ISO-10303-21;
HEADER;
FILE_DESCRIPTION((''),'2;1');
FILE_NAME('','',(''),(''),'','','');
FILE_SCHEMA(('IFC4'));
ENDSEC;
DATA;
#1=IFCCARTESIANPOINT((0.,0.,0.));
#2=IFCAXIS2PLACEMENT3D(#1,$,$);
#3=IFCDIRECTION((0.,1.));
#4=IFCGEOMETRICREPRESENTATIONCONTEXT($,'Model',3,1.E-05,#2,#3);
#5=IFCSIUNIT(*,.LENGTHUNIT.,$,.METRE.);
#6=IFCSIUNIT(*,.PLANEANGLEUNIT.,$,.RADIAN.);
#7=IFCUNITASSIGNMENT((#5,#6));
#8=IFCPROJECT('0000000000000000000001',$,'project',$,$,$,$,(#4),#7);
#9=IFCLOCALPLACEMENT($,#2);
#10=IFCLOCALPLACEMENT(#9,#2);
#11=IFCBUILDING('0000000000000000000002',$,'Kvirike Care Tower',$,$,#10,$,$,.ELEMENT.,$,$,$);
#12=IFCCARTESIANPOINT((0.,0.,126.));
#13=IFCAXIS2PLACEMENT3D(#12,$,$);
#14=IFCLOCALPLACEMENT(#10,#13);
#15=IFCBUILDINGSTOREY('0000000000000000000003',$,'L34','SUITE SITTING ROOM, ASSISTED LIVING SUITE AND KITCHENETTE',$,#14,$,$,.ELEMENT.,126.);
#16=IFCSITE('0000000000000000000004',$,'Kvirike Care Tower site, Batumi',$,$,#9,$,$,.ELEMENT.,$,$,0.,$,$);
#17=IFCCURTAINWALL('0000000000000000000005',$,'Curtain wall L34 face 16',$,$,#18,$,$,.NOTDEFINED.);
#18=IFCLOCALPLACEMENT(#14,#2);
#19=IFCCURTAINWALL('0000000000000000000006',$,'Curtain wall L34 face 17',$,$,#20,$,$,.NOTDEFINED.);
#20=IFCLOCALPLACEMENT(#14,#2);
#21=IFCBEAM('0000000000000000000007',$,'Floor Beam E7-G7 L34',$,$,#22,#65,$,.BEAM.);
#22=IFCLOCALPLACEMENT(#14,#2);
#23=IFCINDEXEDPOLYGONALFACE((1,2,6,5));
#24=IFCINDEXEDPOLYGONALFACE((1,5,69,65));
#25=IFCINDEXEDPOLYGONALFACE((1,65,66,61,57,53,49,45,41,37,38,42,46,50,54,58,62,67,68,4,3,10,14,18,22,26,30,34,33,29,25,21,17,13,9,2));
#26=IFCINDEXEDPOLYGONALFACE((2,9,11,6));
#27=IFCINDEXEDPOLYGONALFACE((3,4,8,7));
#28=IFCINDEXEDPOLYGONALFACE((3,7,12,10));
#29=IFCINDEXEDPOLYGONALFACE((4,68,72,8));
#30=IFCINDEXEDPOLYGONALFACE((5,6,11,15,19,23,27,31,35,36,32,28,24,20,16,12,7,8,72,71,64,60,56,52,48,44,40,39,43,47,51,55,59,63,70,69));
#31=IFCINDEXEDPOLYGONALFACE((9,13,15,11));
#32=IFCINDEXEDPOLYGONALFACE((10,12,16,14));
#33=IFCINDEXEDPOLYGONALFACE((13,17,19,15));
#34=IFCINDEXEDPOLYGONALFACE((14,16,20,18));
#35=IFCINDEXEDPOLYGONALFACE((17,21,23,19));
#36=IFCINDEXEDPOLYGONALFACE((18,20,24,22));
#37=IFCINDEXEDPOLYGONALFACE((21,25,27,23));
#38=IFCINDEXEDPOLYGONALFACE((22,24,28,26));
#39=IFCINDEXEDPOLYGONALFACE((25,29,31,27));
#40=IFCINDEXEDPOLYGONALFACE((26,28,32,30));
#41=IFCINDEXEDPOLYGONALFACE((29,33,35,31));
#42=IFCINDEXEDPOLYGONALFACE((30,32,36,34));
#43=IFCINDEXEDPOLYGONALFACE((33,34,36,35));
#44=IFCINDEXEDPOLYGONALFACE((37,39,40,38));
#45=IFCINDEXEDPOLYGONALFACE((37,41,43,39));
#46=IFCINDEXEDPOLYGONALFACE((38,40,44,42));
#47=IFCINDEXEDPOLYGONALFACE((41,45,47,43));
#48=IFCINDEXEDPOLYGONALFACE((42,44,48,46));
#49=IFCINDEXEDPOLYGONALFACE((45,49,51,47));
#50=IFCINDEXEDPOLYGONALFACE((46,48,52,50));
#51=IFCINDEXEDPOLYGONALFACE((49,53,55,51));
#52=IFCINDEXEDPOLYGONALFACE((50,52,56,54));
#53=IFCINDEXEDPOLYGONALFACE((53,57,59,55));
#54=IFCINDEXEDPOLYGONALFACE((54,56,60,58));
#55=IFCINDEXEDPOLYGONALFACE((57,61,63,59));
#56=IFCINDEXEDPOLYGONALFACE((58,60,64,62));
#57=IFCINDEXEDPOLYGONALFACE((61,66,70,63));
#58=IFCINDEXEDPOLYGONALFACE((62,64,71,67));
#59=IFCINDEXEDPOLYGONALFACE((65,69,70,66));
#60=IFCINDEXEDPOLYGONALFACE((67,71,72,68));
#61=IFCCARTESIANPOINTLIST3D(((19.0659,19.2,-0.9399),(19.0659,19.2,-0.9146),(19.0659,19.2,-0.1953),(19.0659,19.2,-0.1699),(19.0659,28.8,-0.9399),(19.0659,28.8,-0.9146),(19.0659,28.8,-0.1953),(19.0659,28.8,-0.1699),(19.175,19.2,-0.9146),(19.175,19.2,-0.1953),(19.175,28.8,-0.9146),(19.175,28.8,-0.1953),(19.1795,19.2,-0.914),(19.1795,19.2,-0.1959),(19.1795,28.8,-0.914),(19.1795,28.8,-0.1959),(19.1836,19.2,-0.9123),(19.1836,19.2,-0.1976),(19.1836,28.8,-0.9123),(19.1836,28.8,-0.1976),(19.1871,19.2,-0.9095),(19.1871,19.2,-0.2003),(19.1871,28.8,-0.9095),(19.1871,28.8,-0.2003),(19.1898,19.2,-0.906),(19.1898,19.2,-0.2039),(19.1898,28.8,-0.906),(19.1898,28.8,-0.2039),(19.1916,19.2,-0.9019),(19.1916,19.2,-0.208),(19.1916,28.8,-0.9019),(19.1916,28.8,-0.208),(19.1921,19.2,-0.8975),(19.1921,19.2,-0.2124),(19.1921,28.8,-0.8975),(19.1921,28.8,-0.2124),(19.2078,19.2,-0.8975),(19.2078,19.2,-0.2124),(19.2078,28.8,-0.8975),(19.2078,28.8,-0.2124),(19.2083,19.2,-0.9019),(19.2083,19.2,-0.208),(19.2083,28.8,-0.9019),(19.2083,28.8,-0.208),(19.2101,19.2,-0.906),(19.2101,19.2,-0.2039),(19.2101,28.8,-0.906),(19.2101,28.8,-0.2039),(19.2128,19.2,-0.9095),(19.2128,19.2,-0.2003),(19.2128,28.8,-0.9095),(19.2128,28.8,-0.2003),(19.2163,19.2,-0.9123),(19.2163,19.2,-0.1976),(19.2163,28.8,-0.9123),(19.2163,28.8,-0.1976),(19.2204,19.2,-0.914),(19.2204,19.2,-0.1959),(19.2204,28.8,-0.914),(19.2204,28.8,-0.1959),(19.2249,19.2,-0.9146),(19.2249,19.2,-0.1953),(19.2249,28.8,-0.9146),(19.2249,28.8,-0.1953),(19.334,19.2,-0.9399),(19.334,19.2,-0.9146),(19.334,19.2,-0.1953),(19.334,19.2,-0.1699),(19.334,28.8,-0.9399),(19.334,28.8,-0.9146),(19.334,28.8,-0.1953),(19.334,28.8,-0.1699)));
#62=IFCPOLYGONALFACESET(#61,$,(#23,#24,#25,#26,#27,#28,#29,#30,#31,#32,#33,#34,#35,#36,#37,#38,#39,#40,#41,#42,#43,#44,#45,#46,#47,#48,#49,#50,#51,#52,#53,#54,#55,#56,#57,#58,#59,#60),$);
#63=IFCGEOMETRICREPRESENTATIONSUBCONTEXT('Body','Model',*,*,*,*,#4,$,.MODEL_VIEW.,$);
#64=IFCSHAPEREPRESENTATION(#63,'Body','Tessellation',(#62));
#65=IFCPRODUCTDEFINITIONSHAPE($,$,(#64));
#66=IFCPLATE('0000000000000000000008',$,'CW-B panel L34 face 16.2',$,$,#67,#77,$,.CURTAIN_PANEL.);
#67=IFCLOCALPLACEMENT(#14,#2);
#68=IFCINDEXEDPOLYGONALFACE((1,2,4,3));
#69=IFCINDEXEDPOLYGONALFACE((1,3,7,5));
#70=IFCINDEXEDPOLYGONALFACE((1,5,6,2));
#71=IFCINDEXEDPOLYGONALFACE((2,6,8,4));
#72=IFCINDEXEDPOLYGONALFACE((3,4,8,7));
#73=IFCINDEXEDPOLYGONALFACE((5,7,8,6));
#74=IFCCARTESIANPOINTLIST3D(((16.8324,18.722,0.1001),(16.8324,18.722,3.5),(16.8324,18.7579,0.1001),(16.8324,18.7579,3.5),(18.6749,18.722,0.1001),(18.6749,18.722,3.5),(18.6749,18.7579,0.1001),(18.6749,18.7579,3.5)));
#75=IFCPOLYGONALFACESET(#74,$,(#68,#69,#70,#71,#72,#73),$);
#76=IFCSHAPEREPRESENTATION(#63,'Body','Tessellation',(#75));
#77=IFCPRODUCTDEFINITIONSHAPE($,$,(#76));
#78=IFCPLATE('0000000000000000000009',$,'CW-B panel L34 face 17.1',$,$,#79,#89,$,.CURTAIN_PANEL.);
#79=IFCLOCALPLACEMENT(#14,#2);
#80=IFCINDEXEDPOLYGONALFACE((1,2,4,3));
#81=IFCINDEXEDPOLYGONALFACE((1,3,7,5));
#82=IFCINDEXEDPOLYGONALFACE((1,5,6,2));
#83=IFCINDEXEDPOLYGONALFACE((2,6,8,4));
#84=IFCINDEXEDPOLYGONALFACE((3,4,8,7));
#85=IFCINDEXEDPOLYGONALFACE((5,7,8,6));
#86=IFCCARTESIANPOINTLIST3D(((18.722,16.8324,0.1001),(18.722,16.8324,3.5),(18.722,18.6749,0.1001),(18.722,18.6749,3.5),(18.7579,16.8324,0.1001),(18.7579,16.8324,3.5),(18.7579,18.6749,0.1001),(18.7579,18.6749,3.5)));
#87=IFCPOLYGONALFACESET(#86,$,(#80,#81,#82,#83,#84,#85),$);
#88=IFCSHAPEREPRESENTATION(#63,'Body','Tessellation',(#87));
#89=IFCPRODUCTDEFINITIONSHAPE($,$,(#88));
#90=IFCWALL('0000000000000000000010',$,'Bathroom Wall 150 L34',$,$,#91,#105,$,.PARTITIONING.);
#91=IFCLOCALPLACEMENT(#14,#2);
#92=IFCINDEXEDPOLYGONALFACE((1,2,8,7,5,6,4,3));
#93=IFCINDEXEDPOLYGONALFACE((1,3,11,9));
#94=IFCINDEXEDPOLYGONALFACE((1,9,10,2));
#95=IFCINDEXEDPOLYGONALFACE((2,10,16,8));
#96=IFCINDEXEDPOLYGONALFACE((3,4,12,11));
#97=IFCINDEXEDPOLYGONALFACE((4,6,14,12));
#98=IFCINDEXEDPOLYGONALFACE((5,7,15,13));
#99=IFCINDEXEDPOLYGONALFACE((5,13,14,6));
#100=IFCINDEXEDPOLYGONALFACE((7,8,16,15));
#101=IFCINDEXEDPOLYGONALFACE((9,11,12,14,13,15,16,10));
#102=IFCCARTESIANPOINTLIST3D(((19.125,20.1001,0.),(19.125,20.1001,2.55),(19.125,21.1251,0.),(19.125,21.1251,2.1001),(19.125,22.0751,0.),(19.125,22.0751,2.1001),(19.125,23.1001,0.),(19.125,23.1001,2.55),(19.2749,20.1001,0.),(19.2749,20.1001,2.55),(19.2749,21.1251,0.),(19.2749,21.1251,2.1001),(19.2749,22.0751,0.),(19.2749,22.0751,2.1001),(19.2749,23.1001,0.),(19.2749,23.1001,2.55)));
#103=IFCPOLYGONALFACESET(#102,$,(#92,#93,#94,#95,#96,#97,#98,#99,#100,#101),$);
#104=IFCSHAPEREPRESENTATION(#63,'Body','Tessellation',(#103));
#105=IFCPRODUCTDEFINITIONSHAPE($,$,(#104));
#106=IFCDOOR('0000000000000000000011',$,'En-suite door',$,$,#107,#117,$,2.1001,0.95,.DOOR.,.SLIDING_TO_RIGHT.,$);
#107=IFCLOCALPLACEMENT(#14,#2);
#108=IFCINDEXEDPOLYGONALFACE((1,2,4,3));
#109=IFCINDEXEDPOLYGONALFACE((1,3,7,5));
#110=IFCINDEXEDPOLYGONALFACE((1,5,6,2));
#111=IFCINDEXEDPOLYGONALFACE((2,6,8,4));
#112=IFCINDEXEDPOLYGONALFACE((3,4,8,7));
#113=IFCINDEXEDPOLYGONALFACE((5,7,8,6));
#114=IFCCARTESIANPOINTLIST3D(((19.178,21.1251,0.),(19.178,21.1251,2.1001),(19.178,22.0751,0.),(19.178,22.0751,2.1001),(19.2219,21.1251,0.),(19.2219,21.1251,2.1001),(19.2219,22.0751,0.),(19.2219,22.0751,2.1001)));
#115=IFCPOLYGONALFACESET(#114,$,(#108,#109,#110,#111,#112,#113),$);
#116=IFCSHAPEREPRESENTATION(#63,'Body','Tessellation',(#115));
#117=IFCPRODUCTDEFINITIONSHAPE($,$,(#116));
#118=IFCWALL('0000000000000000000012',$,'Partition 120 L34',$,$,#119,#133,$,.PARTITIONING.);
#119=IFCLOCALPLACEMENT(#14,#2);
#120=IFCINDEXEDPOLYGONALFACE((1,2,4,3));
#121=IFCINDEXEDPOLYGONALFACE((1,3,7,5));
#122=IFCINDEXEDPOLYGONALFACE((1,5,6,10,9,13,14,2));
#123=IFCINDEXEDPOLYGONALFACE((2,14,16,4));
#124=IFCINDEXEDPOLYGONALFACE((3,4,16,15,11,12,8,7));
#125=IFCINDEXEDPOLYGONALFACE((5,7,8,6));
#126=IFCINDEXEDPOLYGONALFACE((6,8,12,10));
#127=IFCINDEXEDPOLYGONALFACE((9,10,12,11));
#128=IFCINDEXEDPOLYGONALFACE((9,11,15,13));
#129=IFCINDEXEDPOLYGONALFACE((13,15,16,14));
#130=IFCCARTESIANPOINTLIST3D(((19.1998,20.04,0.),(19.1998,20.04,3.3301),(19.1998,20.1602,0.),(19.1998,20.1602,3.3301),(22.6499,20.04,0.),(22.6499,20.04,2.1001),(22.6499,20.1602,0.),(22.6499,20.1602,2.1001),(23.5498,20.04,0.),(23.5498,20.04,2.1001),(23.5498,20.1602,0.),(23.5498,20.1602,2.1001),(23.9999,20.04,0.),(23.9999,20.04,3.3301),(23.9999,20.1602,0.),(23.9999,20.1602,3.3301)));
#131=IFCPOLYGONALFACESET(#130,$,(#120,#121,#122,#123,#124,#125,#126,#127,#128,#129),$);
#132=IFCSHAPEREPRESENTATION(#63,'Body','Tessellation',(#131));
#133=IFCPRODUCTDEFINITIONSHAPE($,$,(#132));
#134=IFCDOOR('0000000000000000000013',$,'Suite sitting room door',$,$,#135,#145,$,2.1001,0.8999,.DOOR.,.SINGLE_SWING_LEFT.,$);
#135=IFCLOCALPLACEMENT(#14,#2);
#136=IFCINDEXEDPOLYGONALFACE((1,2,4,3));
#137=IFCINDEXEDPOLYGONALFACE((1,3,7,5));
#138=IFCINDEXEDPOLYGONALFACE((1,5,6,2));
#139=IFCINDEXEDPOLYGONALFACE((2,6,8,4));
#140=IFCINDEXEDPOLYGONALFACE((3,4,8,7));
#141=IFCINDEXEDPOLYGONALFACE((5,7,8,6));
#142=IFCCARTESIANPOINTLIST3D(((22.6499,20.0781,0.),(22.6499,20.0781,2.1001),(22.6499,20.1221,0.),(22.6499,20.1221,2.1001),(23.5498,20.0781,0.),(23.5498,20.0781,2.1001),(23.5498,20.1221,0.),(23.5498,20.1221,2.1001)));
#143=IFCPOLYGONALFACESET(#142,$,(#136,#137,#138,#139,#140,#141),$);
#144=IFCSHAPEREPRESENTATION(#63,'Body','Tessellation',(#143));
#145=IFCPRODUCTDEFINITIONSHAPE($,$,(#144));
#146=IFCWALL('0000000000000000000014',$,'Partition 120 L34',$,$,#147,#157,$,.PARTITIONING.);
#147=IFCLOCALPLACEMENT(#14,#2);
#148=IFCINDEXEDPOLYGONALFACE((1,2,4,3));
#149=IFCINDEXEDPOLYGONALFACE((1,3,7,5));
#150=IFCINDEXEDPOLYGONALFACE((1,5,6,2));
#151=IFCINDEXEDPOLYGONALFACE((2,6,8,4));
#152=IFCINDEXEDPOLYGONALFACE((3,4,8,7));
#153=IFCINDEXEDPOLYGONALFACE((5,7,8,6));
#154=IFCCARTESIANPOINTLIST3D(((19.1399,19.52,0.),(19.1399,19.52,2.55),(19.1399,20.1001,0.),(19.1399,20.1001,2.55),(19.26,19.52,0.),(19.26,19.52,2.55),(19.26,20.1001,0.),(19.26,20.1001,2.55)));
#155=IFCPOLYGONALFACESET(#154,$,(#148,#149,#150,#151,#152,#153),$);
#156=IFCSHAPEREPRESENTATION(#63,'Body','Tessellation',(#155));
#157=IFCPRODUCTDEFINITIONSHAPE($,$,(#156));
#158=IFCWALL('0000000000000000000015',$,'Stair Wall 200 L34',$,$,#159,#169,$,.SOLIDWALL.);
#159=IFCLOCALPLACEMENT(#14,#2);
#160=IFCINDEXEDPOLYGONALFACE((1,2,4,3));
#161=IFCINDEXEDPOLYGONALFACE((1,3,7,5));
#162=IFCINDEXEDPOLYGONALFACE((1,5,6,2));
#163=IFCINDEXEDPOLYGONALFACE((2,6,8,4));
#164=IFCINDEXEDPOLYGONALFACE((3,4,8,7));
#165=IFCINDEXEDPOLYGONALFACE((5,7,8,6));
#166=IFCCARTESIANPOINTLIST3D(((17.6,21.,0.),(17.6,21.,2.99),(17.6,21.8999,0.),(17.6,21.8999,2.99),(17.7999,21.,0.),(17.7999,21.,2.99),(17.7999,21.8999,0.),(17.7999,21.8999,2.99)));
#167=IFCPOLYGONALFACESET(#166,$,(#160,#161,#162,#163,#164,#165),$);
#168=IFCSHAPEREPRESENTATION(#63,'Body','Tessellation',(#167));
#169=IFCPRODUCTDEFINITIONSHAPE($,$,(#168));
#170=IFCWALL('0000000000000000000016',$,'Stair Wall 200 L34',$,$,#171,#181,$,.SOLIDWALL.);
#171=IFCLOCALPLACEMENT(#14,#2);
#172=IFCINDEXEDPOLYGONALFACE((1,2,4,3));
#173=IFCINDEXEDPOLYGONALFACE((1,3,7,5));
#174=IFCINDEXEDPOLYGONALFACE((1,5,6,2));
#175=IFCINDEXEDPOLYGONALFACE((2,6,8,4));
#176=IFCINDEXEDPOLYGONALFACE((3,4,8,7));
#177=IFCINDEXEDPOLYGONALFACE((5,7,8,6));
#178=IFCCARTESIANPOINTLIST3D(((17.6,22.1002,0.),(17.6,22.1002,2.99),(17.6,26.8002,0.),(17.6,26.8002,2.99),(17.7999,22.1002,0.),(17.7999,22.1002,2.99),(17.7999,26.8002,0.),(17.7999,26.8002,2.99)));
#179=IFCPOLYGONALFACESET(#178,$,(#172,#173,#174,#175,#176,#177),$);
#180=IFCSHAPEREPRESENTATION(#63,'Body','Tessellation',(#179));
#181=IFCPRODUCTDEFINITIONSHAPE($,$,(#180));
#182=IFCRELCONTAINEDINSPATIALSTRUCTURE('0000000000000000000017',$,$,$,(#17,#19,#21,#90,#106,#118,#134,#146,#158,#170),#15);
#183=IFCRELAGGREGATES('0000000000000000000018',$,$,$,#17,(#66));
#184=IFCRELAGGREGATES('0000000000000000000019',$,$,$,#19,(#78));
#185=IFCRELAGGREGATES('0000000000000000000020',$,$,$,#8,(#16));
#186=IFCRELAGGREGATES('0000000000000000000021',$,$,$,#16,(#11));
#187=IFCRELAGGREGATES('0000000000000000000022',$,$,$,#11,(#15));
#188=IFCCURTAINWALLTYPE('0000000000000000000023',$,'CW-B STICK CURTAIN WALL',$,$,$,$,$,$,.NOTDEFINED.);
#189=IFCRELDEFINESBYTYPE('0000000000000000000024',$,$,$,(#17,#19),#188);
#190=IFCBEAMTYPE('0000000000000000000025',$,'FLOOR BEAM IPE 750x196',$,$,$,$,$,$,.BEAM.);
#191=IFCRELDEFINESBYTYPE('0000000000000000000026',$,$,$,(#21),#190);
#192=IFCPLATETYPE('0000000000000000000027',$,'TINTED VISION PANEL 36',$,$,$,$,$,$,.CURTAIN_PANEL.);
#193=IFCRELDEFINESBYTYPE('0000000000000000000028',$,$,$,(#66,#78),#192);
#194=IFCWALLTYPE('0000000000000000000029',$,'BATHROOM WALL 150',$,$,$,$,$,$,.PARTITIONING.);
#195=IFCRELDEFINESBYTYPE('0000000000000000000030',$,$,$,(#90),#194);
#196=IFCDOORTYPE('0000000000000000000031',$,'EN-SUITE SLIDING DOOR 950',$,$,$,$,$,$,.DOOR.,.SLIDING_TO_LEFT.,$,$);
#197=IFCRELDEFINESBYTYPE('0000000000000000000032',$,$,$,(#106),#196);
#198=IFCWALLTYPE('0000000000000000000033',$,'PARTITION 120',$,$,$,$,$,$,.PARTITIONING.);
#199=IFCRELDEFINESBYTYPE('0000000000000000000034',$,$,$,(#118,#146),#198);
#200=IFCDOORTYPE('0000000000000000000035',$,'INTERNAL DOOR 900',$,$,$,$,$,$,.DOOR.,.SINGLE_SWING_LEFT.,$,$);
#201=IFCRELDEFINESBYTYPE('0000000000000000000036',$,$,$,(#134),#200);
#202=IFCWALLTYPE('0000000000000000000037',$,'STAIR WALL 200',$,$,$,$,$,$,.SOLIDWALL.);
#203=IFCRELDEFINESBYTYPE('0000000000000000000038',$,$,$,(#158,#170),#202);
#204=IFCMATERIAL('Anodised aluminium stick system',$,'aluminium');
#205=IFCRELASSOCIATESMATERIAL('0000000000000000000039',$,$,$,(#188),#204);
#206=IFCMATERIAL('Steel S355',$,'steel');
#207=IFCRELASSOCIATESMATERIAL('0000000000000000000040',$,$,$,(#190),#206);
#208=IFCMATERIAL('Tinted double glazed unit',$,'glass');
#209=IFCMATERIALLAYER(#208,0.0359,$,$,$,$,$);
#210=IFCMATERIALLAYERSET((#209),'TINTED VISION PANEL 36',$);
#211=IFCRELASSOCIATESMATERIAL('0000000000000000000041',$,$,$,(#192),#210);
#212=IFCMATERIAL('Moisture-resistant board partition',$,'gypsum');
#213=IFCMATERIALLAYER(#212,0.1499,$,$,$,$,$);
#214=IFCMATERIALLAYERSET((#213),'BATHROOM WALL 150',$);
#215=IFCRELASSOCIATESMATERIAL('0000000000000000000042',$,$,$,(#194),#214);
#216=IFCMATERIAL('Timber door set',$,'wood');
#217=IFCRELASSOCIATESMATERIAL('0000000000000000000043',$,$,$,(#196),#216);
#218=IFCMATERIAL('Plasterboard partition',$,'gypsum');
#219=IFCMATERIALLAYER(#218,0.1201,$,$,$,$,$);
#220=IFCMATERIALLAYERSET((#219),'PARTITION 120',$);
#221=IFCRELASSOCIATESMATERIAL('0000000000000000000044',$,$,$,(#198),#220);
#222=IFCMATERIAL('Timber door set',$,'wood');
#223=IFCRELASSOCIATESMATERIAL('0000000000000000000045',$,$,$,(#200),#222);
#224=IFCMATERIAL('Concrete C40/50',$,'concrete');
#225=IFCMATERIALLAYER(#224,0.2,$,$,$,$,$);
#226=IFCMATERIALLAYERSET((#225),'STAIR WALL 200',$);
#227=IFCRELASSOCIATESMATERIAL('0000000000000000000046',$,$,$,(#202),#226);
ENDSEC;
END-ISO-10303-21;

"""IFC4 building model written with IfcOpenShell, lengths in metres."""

from ifc_helpers import new_model, si_unit, direction, frame, frame_2d, origin, origin_2d, place, context, subcontext, project, spatial, rectangle, i_section, extrude, material, layer, layer_set, material_profile, profile_set, type_object, element, fill, aggregate, save


model = new_model("IFC4")

# Units and contexts
model_context = context("Model", 3, precision=1e-05, world=origin(), true_north=direction((0.0, 1.0)))
body_context = subcontext(model_context, "Body", "Model", "MODEL_VIEW")
ifc_project = project(units=[si_unit("LENGTHUNIT", "METRE"), si_unit("PLANEANGLEUNIT", "RADIAN")], contexts=[model_context])

# Site, building, storey
site_placement = place(None, origin())
site = spatial("IfcSite", under=ifc_project, at=site_placement, Name="Kvirike Care Tower site, Batumi", CompositionType="ELEMENT", RefElevation=0.0)
building_placement = place(site_placement, origin())
building = spatial("IfcBuilding", under=site, at=building_placement, Name="Kvirike Care Tower", CompositionType="ELEMENT")
storey_placement = place(building_placement, frame((0.0, 0.0, 126.0)))
storey = spatial("IfcBuildingStorey", under=building, at=storey_placement, Name="L34", Description="SUITE SITTING ROOM, ASSISTED LIVING SUITE AND KITCHENETTE", CompositionType="ELEMENT", Elevation=126.0)

# Curtain wall
ifc_material_1 = material(Name="Anodised aluminium stick system", Category="aluminium")
curtain_wall_type = type_object("IfcCurtainWallType", Name="CW-B STICK CURTAIN WALL", PredefinedType="NOTDEFINED", material=ifc_material_1)
curtain_wall_1_placement = place(storey_placement, origin())
curtain_wall_1 = element("IfcCurtainWall", 1, at=curtain_wall_1_placement, inside=storey, type_object=curtain_wall_type, Name="Curtain wall L34 face 16", PredefinedType="NOTDEFINED")

# Curtain wall
curtain_wall_2_placement = place(storey_placement, origin())
curtain_wall_2 = element("IfcCurtainWall", 2, at=curtain_wall_2_placement, inside=storey, type_object=curtain_wall_type, Name="Curtain wall L34 face 17", PredefinedType="NOTDEFINED")

# Beam
ifc_material_2 = material(Name="Steel S355", Category="steel")
ifc_material_profile_1 = material_profile(ifc_material_2, i_section(OverallWidth=0.2681, OverallDepth=0.77, WebThickness=0.0156, FlangeThickness=0.0254, FilletRadius=0.0171, at=origin_2d()), Name="IPE 750x196")
ifc_profile_set_1 = profile_set([ifc_material_profile_1], Name="Steel S355")
beam_type = type_object("IfcBeamType", Name="FLOOR BEAM IPE 750x196", PredefinedType="BEAM", material=ifc_profile_set_1)
for number, where, z_axis, x_axis, name in (
    (3, (19.2, 19.2, -0.5549), (0.0, 1.0, 0.0), (-1.0, 0.0, 0.0), "Floor Beam E7-G7 L34"),
):
    element("IfcBeam", number, at=place(storey_placement, frame(where, z_axis=z_axis, x_axis=x_axis)), inside=storey, type_object=beam_type, Name=name, PredefinedType="BEAM", context=body_context, shape_type="SweptSolid", body=[
        extrude(i_section(OverallWidth=0.2681, OverallDepth=0.77, WebThickness=0.0156, FlangeThickness=0.0254, FilletRadius=0.0171, at=origin_2d()), origin(), (0.0, 0.0, 1.0), 9.6001),
    ])

# Plates
ifc_material_3 = material(Name="Tinted double glazed unit", Category="glass")
ifc_layer_1 = layer(ifc_material_3, 0.0359)
ifc_layer_set_1 = layer_set([ifc_layer_1], Name="TINTED VISION PANEL 36")
plate_type = type_object("IfcPlateType", Name="TINTED VISION PANEL 36", PredefinedType="CURTAIN_PANEL", material=ifc_layer_set_1)
plate_1_placement = place(storey_placement, frame((17.7537, 18.74, 0.1001), z_axis=(0.0, 0.0, 1.0), x_axis=(1.0, 0.0, 0.0)))
plate_1 = element("IfcPlate", 4, at=plate_1_placement, type_object=plate_type, Name="CW-B panel L34 face 16.2", PredefinedType="CURTAIN_PANEL", context=body_context, shape_type="SweptSolid", body=[
    extrude(rectangle(XDim=1.8425, YDim=0.0359, at=origin_2d()), origin(), (0.0, 0.0, 1.0), 3.3999),
])
aggregate(curtain_wall_1, [plate_1])
plate_2_placement = place(storey_placement, frame((18.74, 17.7537, 0.1001), z_axis=(0.0, 0.0, 1.0), x_axis=(0.0, -1.0, 0.0)))
plate_2 = element("IfcPlate", 5, at=plate_2_placement, type_object=plate_type, Name="CW-B panel L34 face 17.1", PredefinedType="CURTAIN_PANEL", context=body_context, shape_type="SweptSolid", body=[
    extrude(rectangle(XDim=1.8425, YDim=0.0359, at=origin_2d()), origin(), (0.0, 0.0, 1.0), 3.3999),
])
aggregate(curtain_wall_2, [plate_2])

# Walls, openings, doors
ifc_material_4 = material(Name="Moisture-resistant board partition", Category="gypsum")
ifc_layer_2 = layer(ifc_material_4, 0.1499)
ifc_layer_set_2 = layer_set([ifc_layer_2], Name="BATHROOM WALL 150")
wall_type_1 = type_object("IfcWallType", Name="BATHROOM WALL 150", PredefinedType="PARTITIONING", material=ifc_layer_set_2)
wall_1_placement = place(storey_placement, frame((19.2, 20.1001, 0.0), z_axis=(0.0, 0.0, 1.0), x_axis=(0.0, 1.0, 0.0)))
wall_1 = element("IfcWall", 6, at=wall_1_placement, inside=storey, type_object=wall_type_1, Name="Bathroom Wall 150 L34", PredefinedType="PARTITIONING", context=body_context, shape_type="SweptSolid", body=[
    extrude(rectangle(XDim=3.0, YDim=0.1499, at=frame_2d((1.5, 0.0))), origin(), (0.0, 0.0, 1.0), 2.55),
])
opening_1_placement = place(wall_1_placement, frame((1.0249, 0.0, 0.0)))
opening_1 = element("IfcOpeningElement", 7, at=opening_1_placement, cuts=wall_1, PredefinedType="OPENING", context=body_context, shape_type="SweptSolid", body=[
    extrude(rectangle(XDim=0.95, YDim=2.1001, at=frame_2d((0.4751, 1.05))), frame((0.0, 0.0854, 0.0), z_axis=(0.0, -1.0, 0.0), x_axis=(1.0, 0.0, 0.0)), (0.0, 0.0, 1.0), 0.1709),
])
ifc_material_5 = material(Name="Timber door set", Category="wood")
door_type_1 = type_object("IfcDoorType", Name="EN-SUITE SLIDING DOOR 950", OperationType="SLIDING_TO_LEFT", PredefinedType="DOOR", material=ifc_material_5)
door_1_placement = place(opening_1_placement, origin())
door_1 = element("IfcDoor", 8, at=door_1_placement, inside=storey, type_object=door_type_1, Name="En-suite door", OperationType="SLIDING_TO_RIGHT", OverallHeight=2.1001, OverallWidth=0.95, PredefinedType="DOOR", context=body_context, shape_type="SweptSolid", body=[
    extrude(rectangle(XDim=0.95, YDim=2.1001, at=frame_2d((0.4751, 1.05))), frame((0.0, 0.022, 0.0), z_axis=(0.0, -1.0, 0.0), x_axis=(1.0, 0.0, 0.0)), (0.0, 0.0, 1.0), 0.0439),
])
fill(opening_1, door_1)
ifc_material_6 = material(Name="Plasterboard partition", Category="gypsum")
ifc_layer_3 = layer(ifc_material_6, 0.1201)
ifc_layer_set_3 = layer_set([ifc_layer_3], Name="PARTITION 120")
wall_type_2 = type_object("IfcWallType", Name="PARTITION 120", PredefinedType="PARTITIONING", material=ifc_layer_set_3)
wall_2_placement = place(storey_placement, frame((19.2, 20.1001, 0.0), z_axis=(0.0, 0.0, 1.0), x_axis=(1.0, 0.0, 0.0)))
wall_2 = element("IfcWall", 9, at=wall_2_placement, inside=storey, type_object=wall_type_2, Name="Partition 120 L34", PredefinedType="PARTITIONING", context=body_context, shape_type="SweptSolid", body=[
    extrude(rectangle(XDim=4.8, YDim=0.1201, at=frame_2d((2.3999, 0.0))), origin(), (0.0, 0.0, 1.0), 3.3301),
])
opening_2_placement = place(wall_2_placement, frame((3.45, 0.0, 0.0)))
opening_2 = element("IfcOpeningElement", 10, at=opening_2_placement, cuts=wall_2, PredefinedType="OPENING", context=body_context, shape_type="SweptSolid", body=[
    extrude(rectangle(XDim=0.8999, YDim=2.1001, at=frame_2d((0.45, 1.05))), frame((0.0, 0.0706, 0.0), z_axis=(0.0, -1.0, 0.0), x_axis=(1.0, 0.0, 0.0)), (0.0, 0.0, 1.0), 0.1411),
])
ifc_material_7 = material(Name="Timber door set", Category="wood")
door_type_2 = type_object("IfcDoorType", Name="INTERNAL DOOR 900", OperationType="SINGLE_SWING_LEFT", PredefinedType="DOOR", material=ifc_material_7)
door_2_placement = place(opening_2_placement, origin())
door_2 = element("IfcDoor", 11, at=door_2_placement, inside=storey, type_object=door_type_2, Name="Suite sitting room door", OperationType="SINGLE_SWING_LEFT", OverallHeight=2.1001, OverallWidth=0.8999, PredefinedType="DOOR", context=body_context, shape_type="SweptSolid", body=[
    extrude(rectangle(XDim=0.8999, YDim=2.1001, at=frame_2d((0.45, 1.05))), frame((0.0, 0.022, 0.0), z_axis=(0.0, -1.0, 0.0), x_axis=(1.0, 0.0, 0.0)), (0.0, 0.0, 1.0), 0.0439),
])
fill(opening_2, door_2)

# Walls
wall_3_placement = place(storey_placement, frame((19.2, 19.52, 0.0), z_axis=(0.0, 0.0, 1.0), x_axis=(0.0, 1.0, 0.0)))
element("IfcWall", 12, at=wall_3_placement, inside=storey, type_object=wall_type_2, Name="Partition 120 L34", PredefinedType="PARTITIONING", context=body_context, shape_type="SweptSolid", body=[
    extrude(rectangle(XDim=0.5801, YDim=0.1201, at=frame_2d((0.29, 0.0))), origin(), (0.0, 0.0, 1.0), 2.55),
])
ifc_material_8 = material(Name="Concrete C40/50", Category="concrete")
ifc_layer_4 = layer(ifc_material_8, 0.2)
ifc_layer_set_4 = layer_set([ifc_layer_4], Name="STAIR WALL 200")
wall_type_3 = type_object("IfcWallType", Name="STAIR WALL 200", PredefinedType="SOLIDWALL", material=ifc_layer_set_4)
wall_4_placement = place(storey_placement, frame((17.7, 21.0, 0.0), z_axis=(0.0, 0.0, 1.0), x_axis=(0.0, 1.0, 0.0)))
element("IfcWall", 13, at=wall_4_placement, inside=storey, type_object=wall_type_3, Name="Stair Wall 200 L34", PredefinedType="SOLIDWALL", context=body_context, shape_type="SweptSolid", body=[
    extrude(rectangle(XDim=0.8999, YDim=0.2, at=frame_2d((0.45, 0.0))), origin(), (0.0, 0.0, 1.0), 2.99),
])
wall_5_placement = place(storey_placement, frame((17.7, 22.1001, 0.0), z_axis=(0.0, 0.0, 1.0), x_axis=(0.0, 1.0, 0.0)))
element("IfcWall", 14, at=wall_5_placement, inside=storey, type_object=wall_type_3, Name="Stair Wall 200 L34", PredefinedType="SOLIDWALL", context=body_context, shape_type="SweptSolid", body=[
    extrude(rectangle(XDim=4.7, YDim=0.2, at=frame_2d((2.3501, 0.0))), origin(), (0.0, 0.0, 1.0), 2.99),
])

save(model, "model.ifc")
